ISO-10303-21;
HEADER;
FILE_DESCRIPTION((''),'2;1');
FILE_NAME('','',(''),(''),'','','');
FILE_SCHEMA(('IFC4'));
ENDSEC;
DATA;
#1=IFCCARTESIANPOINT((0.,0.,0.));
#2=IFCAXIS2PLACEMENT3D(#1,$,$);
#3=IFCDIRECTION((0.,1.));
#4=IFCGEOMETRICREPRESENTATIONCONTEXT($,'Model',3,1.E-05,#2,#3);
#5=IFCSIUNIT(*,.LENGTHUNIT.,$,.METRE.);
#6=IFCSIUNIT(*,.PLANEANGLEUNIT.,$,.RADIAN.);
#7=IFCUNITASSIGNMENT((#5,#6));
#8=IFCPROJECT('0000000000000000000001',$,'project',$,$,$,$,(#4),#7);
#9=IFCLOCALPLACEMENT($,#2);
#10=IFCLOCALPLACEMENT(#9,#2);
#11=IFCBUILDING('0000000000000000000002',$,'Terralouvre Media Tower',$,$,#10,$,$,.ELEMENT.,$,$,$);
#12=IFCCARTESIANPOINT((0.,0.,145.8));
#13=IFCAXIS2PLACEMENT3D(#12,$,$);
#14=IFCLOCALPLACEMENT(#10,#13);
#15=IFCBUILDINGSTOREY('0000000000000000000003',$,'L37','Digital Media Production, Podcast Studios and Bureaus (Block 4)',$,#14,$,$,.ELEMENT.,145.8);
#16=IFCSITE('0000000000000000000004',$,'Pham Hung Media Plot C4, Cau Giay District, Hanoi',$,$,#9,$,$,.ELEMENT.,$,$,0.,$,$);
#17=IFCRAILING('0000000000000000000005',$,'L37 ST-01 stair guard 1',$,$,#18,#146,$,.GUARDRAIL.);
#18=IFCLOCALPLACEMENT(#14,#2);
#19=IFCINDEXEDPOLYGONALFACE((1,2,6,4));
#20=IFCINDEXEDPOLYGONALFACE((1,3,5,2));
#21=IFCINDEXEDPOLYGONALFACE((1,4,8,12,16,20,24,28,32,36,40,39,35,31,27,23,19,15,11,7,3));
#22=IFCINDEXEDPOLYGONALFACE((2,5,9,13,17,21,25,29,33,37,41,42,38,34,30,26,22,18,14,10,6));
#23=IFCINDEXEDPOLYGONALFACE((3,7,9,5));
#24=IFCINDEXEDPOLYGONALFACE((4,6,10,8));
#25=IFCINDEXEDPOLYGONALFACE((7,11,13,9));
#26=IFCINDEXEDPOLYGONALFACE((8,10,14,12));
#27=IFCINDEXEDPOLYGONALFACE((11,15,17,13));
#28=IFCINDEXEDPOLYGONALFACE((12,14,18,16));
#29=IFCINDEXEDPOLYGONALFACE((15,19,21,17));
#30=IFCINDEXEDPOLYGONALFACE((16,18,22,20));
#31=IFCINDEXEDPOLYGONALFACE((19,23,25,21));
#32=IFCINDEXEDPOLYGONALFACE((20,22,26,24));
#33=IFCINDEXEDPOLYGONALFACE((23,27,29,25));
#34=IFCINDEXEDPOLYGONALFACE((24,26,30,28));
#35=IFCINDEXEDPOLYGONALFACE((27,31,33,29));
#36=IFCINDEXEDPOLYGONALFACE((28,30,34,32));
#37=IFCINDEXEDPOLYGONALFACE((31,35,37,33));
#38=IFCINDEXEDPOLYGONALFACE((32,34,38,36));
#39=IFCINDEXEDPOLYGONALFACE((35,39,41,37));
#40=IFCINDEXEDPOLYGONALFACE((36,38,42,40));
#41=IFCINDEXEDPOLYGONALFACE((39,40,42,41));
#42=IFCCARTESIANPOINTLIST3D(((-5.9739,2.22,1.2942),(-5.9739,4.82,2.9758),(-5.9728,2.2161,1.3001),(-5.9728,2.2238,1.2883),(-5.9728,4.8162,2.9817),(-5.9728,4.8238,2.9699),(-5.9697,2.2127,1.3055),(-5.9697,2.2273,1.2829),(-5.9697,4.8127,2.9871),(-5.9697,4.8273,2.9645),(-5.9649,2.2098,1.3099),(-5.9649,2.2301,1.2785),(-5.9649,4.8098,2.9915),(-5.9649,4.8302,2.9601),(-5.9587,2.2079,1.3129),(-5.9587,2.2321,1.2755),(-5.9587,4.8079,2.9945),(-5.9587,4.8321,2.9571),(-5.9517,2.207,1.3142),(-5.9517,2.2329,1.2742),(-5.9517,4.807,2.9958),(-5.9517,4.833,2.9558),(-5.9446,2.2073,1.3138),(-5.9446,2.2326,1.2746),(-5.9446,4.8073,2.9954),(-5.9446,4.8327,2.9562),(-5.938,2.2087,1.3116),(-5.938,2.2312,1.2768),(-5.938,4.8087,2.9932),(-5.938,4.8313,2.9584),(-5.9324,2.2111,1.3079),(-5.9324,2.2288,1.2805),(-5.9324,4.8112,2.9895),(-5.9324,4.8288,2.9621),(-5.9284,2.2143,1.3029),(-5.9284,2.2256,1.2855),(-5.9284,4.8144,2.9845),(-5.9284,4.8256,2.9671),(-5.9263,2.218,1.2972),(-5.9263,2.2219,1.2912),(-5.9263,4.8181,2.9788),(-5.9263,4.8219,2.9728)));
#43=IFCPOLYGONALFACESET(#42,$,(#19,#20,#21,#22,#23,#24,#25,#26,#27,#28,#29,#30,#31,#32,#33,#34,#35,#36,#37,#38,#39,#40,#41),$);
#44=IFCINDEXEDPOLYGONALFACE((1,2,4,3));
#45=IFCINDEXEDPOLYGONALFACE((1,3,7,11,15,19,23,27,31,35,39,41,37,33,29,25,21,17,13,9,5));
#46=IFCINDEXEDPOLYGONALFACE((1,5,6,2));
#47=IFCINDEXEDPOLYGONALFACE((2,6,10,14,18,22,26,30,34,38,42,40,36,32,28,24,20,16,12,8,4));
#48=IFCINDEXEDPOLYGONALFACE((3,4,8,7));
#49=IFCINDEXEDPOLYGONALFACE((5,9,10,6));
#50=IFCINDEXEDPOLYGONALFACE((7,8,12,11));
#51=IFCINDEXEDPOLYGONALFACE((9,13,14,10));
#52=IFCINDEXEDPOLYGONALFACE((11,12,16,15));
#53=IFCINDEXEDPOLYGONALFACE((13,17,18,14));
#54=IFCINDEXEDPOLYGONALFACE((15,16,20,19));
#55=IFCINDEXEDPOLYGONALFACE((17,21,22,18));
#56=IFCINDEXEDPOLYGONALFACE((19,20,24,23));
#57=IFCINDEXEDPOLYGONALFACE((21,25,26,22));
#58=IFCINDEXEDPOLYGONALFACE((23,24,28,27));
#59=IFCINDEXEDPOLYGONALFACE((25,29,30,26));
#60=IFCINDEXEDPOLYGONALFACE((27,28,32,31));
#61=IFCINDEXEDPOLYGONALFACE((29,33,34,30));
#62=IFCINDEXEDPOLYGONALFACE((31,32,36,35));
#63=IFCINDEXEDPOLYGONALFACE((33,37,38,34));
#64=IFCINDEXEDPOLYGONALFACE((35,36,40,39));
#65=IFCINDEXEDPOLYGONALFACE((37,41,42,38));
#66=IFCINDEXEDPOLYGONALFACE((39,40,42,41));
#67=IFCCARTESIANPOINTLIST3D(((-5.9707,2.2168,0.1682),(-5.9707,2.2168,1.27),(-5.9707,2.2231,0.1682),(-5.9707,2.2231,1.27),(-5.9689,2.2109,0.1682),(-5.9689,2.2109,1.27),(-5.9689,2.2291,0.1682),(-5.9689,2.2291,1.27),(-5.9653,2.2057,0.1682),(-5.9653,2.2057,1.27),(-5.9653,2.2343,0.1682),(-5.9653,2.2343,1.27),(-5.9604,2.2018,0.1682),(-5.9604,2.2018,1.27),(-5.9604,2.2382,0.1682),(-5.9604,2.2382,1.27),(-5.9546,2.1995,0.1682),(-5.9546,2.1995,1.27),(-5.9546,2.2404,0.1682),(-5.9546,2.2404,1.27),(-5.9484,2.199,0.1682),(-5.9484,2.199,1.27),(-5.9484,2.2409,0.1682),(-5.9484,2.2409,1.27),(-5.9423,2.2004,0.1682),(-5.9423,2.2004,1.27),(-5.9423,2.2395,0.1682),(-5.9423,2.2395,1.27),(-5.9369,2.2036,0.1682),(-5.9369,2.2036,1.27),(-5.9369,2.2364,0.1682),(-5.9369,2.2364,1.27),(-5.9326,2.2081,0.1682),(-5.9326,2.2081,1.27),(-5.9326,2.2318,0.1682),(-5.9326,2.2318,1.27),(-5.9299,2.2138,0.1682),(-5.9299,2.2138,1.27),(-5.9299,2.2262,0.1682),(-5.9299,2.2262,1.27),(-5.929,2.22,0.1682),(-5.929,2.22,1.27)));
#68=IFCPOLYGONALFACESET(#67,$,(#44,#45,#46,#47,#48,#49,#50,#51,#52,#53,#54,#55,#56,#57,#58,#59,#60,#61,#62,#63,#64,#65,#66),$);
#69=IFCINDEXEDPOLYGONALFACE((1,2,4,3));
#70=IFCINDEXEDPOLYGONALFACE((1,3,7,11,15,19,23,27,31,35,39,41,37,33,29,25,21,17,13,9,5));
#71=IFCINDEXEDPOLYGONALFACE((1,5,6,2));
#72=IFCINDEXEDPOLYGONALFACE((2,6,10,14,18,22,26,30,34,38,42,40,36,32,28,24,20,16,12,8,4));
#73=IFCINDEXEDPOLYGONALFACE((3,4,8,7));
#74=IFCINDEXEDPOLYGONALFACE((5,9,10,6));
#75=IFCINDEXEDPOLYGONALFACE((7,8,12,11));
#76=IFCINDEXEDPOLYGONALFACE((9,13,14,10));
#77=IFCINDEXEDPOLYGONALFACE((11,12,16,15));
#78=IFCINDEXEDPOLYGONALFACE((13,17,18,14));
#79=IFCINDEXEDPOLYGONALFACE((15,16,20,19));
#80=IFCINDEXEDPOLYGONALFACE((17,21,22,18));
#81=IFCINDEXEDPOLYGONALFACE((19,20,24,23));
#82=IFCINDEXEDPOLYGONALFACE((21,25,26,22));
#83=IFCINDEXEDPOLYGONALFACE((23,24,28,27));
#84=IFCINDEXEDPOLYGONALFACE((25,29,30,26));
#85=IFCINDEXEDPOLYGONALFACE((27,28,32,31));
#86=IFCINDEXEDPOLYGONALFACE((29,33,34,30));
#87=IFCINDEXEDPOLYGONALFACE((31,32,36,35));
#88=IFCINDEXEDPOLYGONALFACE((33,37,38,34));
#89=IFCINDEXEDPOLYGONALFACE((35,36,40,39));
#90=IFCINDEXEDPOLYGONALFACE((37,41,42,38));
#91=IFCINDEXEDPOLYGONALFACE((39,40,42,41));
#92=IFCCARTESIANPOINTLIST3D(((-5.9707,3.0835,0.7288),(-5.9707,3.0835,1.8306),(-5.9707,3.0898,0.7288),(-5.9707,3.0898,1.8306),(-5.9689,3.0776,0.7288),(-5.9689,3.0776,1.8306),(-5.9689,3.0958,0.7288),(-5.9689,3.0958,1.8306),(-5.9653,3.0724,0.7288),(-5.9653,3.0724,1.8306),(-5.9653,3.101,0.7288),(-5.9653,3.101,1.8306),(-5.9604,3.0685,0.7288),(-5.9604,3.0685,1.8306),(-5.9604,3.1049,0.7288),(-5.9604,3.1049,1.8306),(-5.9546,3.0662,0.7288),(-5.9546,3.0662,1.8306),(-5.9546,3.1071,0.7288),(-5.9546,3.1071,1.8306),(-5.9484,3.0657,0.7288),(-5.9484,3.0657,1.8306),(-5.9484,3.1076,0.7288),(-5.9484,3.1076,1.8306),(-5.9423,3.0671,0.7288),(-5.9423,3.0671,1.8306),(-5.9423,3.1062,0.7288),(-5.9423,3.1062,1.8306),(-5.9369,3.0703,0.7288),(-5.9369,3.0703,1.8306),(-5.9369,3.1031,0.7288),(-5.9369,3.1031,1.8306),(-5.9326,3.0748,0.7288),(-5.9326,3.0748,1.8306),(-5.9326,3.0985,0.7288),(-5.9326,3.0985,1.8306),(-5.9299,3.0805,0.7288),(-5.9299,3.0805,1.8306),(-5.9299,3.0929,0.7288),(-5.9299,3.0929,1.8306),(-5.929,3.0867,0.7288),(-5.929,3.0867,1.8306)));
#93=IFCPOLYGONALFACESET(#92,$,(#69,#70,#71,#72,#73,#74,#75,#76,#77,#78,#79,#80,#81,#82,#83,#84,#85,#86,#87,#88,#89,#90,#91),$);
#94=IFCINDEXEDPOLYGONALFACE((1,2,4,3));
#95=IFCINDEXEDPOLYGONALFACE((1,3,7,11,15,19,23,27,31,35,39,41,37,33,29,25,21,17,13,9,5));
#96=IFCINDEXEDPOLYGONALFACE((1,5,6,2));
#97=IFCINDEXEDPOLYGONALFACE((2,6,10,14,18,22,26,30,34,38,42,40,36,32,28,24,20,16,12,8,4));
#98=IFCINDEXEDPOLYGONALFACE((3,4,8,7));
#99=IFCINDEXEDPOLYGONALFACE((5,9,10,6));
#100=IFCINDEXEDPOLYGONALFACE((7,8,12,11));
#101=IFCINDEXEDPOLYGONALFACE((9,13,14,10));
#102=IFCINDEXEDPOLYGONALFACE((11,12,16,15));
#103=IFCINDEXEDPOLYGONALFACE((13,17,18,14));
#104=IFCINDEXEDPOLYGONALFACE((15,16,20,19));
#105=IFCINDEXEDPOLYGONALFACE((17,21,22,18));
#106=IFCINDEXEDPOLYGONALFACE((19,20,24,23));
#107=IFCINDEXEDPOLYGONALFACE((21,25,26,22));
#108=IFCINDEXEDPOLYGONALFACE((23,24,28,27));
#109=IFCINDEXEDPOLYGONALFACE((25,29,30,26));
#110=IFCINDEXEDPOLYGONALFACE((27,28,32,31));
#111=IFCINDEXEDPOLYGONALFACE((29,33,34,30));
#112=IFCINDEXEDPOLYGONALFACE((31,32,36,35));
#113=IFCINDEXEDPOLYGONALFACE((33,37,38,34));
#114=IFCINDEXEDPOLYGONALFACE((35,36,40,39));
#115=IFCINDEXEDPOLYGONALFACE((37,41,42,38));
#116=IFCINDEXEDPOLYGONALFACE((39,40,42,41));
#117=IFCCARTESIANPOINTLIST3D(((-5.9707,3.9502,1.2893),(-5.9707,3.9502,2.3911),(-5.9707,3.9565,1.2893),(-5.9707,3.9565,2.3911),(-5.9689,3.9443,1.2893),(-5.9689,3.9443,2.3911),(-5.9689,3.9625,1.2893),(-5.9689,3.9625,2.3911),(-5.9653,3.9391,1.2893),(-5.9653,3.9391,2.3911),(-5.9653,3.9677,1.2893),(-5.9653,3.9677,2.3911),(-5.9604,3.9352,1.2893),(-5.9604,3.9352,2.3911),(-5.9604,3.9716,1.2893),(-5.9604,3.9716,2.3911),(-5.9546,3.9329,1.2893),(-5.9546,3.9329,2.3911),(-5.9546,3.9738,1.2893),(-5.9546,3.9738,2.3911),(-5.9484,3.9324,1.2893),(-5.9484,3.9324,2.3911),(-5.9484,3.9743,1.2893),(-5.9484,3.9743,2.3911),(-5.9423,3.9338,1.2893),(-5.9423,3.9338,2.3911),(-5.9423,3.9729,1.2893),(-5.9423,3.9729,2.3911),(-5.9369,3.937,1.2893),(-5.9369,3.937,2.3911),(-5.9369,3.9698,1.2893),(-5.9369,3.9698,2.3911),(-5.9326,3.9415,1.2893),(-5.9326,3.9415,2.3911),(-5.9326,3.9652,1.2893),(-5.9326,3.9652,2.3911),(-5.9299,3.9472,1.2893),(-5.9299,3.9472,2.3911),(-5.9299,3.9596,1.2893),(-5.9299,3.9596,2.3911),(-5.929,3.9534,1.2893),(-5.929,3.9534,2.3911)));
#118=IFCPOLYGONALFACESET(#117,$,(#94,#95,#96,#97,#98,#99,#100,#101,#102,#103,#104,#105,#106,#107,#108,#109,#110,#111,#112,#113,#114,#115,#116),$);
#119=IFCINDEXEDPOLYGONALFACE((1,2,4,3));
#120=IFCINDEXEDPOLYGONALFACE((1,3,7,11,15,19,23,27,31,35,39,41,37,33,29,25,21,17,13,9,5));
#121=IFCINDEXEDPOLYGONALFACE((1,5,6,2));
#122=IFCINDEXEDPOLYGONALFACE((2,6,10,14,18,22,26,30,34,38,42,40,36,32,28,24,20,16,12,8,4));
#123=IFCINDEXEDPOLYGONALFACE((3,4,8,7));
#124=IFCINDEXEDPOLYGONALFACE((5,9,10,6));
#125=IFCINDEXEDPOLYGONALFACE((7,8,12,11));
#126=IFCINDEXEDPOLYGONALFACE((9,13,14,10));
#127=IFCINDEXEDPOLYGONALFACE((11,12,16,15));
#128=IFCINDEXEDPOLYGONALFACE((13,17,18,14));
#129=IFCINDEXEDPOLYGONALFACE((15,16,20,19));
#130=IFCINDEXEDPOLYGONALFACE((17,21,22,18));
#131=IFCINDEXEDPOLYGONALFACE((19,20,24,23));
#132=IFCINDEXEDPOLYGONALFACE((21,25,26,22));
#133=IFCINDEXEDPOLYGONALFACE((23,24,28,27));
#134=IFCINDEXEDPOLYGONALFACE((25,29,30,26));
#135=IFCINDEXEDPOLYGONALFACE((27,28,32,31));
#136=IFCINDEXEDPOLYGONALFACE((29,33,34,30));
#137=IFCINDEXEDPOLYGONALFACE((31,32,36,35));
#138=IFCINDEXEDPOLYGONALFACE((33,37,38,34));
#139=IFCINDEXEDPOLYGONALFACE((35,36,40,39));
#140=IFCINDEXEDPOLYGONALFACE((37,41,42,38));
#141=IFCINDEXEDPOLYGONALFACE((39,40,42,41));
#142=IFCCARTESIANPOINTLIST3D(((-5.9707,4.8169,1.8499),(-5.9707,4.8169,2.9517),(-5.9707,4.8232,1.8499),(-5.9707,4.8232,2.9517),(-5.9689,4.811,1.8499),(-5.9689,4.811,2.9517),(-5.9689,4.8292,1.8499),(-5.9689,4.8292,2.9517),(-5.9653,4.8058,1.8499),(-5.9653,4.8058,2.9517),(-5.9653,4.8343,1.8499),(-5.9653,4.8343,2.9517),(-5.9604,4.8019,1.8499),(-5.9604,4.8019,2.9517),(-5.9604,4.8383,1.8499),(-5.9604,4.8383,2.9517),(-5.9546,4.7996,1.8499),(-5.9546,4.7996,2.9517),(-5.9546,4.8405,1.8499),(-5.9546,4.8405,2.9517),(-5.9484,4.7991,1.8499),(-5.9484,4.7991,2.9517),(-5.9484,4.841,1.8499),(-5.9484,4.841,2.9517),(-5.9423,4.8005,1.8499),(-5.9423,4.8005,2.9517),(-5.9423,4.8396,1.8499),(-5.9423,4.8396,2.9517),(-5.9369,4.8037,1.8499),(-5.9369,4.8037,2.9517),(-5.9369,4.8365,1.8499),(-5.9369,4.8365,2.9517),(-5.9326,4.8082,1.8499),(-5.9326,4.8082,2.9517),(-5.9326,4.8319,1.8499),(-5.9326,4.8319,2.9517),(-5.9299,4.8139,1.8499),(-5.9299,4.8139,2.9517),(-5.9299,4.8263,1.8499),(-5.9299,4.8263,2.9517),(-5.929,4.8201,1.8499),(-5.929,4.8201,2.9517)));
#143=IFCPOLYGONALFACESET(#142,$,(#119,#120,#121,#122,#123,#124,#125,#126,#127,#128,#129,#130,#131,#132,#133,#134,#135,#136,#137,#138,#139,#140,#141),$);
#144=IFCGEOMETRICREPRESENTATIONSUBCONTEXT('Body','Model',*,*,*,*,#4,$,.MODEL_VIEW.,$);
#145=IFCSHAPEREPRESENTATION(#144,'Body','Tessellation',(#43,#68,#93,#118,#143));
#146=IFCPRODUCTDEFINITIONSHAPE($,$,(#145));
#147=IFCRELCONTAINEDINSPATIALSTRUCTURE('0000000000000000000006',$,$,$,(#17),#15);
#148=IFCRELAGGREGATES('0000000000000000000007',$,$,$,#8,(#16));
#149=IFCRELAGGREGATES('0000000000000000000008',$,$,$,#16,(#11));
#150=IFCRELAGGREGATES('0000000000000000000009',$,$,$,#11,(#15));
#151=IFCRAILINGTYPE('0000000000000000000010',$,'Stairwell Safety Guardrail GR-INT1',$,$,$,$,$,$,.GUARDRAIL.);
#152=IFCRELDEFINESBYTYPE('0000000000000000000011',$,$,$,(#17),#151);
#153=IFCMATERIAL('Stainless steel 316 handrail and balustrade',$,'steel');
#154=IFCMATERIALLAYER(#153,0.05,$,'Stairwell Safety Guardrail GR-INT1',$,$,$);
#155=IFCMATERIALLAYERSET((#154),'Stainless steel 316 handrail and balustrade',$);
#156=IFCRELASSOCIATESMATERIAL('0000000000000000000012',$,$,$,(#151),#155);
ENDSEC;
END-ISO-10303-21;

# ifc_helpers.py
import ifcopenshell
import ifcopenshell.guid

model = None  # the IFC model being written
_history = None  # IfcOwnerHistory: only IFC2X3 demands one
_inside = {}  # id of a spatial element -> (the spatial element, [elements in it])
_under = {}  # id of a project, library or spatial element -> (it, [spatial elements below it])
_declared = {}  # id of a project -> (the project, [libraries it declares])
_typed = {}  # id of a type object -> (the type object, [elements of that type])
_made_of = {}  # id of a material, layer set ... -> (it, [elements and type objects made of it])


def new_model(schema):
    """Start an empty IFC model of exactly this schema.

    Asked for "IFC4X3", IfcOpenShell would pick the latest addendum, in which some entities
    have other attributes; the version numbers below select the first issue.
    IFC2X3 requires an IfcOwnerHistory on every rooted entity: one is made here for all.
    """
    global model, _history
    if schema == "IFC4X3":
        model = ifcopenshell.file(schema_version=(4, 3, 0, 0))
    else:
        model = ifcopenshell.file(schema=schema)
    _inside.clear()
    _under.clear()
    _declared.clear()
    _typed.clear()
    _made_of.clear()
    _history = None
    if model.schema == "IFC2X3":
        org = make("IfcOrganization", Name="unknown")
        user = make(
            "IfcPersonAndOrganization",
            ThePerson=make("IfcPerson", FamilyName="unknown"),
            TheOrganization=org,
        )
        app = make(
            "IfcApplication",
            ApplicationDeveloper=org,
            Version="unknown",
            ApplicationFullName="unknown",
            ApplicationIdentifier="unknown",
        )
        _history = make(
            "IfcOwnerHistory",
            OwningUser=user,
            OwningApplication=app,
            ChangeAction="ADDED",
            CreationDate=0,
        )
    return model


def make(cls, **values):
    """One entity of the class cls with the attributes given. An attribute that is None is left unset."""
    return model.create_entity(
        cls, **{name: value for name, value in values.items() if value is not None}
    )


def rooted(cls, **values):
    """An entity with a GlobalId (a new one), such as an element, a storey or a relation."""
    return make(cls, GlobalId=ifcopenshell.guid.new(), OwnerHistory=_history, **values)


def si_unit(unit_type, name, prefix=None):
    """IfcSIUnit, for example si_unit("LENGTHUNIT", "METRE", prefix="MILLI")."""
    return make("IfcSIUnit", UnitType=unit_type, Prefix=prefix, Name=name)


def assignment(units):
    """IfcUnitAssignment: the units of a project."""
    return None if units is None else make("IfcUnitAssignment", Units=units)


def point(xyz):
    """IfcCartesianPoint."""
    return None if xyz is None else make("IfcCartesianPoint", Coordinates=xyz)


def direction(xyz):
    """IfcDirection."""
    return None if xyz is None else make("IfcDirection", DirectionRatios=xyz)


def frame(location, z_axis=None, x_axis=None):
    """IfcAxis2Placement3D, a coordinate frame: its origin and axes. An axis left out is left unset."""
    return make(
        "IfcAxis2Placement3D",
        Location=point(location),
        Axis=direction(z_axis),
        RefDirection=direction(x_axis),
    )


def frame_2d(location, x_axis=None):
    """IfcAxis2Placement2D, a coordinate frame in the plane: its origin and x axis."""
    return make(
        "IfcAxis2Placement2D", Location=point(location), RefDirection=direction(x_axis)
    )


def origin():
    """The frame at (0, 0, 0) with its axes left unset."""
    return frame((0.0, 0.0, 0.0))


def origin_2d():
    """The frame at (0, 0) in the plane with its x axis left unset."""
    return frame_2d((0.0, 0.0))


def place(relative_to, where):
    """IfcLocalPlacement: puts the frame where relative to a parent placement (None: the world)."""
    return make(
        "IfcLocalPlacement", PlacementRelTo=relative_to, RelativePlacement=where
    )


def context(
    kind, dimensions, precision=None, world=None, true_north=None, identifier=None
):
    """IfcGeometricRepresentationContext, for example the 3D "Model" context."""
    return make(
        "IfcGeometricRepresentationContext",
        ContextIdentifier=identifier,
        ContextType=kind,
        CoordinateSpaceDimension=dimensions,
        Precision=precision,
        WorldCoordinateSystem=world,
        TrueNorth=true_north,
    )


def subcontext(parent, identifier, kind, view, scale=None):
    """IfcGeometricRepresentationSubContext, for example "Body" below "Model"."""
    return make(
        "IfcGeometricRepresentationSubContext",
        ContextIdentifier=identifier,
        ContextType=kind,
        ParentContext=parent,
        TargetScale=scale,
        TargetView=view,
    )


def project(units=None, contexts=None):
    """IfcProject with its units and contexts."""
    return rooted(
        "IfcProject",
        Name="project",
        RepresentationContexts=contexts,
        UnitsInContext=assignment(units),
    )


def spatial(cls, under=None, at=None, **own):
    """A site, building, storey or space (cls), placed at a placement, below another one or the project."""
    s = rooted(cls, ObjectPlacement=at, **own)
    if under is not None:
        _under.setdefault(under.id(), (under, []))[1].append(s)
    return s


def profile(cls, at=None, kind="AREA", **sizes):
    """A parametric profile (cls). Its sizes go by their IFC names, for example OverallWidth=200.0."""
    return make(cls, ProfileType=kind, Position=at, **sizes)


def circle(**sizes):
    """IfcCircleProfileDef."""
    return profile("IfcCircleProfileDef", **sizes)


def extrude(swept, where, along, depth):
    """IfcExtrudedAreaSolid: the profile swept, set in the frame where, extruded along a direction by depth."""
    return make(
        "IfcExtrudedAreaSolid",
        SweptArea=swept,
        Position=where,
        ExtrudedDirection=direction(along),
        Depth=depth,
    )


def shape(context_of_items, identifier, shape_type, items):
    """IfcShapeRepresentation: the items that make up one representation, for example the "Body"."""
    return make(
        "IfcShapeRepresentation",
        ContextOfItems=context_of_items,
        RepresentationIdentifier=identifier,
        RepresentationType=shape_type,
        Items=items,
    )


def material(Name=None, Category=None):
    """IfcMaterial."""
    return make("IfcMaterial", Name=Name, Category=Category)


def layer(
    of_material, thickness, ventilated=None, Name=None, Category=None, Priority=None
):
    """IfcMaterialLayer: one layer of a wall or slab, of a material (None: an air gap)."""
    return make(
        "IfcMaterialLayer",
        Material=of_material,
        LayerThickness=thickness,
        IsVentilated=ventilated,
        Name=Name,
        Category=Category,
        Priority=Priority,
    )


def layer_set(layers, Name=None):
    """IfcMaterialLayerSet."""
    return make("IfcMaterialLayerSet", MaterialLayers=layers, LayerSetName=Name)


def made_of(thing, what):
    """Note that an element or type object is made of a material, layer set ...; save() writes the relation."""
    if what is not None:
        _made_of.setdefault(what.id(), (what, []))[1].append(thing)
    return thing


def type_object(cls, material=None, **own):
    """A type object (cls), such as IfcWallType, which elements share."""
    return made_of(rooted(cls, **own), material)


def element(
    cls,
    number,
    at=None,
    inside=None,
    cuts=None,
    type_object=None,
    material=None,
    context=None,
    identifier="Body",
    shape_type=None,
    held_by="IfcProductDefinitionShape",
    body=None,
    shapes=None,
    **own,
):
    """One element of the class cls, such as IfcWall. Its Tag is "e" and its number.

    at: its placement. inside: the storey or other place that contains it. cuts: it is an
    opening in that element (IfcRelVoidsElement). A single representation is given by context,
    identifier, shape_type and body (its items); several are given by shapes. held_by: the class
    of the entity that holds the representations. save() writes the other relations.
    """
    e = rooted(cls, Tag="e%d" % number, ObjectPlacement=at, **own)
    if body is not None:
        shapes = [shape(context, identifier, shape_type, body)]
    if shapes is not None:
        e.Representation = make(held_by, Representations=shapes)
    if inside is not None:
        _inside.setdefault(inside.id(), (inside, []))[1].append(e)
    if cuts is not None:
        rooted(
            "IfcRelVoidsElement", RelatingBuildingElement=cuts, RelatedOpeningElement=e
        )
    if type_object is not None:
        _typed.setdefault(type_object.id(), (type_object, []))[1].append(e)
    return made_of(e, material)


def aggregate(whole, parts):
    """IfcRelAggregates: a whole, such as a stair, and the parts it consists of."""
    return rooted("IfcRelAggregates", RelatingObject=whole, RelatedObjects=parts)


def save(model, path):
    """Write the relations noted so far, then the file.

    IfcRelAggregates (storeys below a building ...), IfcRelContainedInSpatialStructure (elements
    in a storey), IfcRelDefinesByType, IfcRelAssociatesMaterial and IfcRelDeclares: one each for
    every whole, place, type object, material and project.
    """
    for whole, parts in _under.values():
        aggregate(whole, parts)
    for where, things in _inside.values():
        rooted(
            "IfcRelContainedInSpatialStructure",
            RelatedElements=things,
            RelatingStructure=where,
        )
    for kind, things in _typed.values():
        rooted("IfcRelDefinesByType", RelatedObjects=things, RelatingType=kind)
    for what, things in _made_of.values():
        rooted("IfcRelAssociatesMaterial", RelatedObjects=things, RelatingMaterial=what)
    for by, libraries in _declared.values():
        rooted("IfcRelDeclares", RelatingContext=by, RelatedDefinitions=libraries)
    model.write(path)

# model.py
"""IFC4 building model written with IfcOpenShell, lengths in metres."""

from ifc_helpers import new_model, si_unit, direction, frame, origin, origin_2d, place, context, subcontext, project, spatial, circle, extrude, material, layer, layer_set, type_object, element, save


model = new_model("IFC4")

# Units and contexts
model_context = context("Model", 3, precision=1e-05, world=origin(), true_north=direction((0.0, 1.0)))
body_context = subcontext(model_context, "Body", "Model", "MODEL_VIEW")
ifc_project = project(units=[si_unit("LENGTHUNIT", "METRE"), si_unit("PLANEANGLEUNIT", "RADIAN")], contexts=[model_context])

# Site, building, storey
site_placement = place(None, origin())
site = spatial("IfcSite", under=ifc_project, at=site_placement, Name="Pham Hung Media Plot C4, Cau Giay District, Hanoi", CompositionType="ELEMENT", RefElevation=0.0)
building_placement = place(site_placement, origin())
building = spatial("IfcBuilding", under=site, at=building_placement, Name="Terralouvre Media Tower", CompositionType="ELEMENT")
storey_placement = place(building_placement, frame((0.0, 0.0, 145.8)))
storey = spatial("IfcBuildingStorey", under=building, at=storey_placement, Name="L37", Description="Digital Media Production, Podcast Studios and Bureaus (Block 4)", CompositionType="ELEMENT", Elevation=145.8)

# Railing
ifc_material_1 = material(Name="Stainless steel 316 handrail and balustrade", Category="steel")
ifc_layer_1 = layer(ifc_material_1, 0.05, Name="Stairwell Safety Guardrail GR-INT1")
ifc_layer_set_1 = layer_set([ifc_layer_1], Name="Stainless steel 316 handrail and balustrade")
railing_type_1 = type_object("IfcRailingType", Name="Stairwell Safety Guardrail GR-INT1", PredefinedType="GUARDRAIL", material=ifc_layer_set_1)
railing_1_placement = place(storey_placement, frame((-5.95, 2.22, 0.1682)))
element("IfcRailing", 1, at=railing_1_placement, inside=storey, type_object=railing_type_1, Name="L37 ST-01 stair guard 1", PredefinedType="GUARDRAIL", context=body_context, shape_type="SweptSolid", body=[
    extrude(circle(Radius=0.0239, at=origin_2d()), frame((0.0, 0.0, 1.126), z_axis=(0.0, 0.839684, 0.543075), x_axis=(-1.0, 0.0, 0.0)), (0.0, 0.0, 1.0), 3.0964),
    extrude(circle(Radius=0.021, at=origin_2d()), origin(), (0.0, 0.0, 1.0), 1.1018),
    extrude(circle(Radius=0.021, at=origin_2d()), frame((0.0, 0.8667, 0.5605)), (0.0, 0.0, 1.0), 1.1018),
    extrude(circle(Radius=0.021, at=origin_2d()), frame((0.0, 1.7334, 1.1211)), (0.0, 0.0, 1.0), 1.1018),
    extrude(circle(Radius=0.021, at=origin_2d()), frame((0.0, 2.6001, 1.6816)), (0.0, 0.0, 1.0), 1.1018),
])

save(model, "model.ifc")
